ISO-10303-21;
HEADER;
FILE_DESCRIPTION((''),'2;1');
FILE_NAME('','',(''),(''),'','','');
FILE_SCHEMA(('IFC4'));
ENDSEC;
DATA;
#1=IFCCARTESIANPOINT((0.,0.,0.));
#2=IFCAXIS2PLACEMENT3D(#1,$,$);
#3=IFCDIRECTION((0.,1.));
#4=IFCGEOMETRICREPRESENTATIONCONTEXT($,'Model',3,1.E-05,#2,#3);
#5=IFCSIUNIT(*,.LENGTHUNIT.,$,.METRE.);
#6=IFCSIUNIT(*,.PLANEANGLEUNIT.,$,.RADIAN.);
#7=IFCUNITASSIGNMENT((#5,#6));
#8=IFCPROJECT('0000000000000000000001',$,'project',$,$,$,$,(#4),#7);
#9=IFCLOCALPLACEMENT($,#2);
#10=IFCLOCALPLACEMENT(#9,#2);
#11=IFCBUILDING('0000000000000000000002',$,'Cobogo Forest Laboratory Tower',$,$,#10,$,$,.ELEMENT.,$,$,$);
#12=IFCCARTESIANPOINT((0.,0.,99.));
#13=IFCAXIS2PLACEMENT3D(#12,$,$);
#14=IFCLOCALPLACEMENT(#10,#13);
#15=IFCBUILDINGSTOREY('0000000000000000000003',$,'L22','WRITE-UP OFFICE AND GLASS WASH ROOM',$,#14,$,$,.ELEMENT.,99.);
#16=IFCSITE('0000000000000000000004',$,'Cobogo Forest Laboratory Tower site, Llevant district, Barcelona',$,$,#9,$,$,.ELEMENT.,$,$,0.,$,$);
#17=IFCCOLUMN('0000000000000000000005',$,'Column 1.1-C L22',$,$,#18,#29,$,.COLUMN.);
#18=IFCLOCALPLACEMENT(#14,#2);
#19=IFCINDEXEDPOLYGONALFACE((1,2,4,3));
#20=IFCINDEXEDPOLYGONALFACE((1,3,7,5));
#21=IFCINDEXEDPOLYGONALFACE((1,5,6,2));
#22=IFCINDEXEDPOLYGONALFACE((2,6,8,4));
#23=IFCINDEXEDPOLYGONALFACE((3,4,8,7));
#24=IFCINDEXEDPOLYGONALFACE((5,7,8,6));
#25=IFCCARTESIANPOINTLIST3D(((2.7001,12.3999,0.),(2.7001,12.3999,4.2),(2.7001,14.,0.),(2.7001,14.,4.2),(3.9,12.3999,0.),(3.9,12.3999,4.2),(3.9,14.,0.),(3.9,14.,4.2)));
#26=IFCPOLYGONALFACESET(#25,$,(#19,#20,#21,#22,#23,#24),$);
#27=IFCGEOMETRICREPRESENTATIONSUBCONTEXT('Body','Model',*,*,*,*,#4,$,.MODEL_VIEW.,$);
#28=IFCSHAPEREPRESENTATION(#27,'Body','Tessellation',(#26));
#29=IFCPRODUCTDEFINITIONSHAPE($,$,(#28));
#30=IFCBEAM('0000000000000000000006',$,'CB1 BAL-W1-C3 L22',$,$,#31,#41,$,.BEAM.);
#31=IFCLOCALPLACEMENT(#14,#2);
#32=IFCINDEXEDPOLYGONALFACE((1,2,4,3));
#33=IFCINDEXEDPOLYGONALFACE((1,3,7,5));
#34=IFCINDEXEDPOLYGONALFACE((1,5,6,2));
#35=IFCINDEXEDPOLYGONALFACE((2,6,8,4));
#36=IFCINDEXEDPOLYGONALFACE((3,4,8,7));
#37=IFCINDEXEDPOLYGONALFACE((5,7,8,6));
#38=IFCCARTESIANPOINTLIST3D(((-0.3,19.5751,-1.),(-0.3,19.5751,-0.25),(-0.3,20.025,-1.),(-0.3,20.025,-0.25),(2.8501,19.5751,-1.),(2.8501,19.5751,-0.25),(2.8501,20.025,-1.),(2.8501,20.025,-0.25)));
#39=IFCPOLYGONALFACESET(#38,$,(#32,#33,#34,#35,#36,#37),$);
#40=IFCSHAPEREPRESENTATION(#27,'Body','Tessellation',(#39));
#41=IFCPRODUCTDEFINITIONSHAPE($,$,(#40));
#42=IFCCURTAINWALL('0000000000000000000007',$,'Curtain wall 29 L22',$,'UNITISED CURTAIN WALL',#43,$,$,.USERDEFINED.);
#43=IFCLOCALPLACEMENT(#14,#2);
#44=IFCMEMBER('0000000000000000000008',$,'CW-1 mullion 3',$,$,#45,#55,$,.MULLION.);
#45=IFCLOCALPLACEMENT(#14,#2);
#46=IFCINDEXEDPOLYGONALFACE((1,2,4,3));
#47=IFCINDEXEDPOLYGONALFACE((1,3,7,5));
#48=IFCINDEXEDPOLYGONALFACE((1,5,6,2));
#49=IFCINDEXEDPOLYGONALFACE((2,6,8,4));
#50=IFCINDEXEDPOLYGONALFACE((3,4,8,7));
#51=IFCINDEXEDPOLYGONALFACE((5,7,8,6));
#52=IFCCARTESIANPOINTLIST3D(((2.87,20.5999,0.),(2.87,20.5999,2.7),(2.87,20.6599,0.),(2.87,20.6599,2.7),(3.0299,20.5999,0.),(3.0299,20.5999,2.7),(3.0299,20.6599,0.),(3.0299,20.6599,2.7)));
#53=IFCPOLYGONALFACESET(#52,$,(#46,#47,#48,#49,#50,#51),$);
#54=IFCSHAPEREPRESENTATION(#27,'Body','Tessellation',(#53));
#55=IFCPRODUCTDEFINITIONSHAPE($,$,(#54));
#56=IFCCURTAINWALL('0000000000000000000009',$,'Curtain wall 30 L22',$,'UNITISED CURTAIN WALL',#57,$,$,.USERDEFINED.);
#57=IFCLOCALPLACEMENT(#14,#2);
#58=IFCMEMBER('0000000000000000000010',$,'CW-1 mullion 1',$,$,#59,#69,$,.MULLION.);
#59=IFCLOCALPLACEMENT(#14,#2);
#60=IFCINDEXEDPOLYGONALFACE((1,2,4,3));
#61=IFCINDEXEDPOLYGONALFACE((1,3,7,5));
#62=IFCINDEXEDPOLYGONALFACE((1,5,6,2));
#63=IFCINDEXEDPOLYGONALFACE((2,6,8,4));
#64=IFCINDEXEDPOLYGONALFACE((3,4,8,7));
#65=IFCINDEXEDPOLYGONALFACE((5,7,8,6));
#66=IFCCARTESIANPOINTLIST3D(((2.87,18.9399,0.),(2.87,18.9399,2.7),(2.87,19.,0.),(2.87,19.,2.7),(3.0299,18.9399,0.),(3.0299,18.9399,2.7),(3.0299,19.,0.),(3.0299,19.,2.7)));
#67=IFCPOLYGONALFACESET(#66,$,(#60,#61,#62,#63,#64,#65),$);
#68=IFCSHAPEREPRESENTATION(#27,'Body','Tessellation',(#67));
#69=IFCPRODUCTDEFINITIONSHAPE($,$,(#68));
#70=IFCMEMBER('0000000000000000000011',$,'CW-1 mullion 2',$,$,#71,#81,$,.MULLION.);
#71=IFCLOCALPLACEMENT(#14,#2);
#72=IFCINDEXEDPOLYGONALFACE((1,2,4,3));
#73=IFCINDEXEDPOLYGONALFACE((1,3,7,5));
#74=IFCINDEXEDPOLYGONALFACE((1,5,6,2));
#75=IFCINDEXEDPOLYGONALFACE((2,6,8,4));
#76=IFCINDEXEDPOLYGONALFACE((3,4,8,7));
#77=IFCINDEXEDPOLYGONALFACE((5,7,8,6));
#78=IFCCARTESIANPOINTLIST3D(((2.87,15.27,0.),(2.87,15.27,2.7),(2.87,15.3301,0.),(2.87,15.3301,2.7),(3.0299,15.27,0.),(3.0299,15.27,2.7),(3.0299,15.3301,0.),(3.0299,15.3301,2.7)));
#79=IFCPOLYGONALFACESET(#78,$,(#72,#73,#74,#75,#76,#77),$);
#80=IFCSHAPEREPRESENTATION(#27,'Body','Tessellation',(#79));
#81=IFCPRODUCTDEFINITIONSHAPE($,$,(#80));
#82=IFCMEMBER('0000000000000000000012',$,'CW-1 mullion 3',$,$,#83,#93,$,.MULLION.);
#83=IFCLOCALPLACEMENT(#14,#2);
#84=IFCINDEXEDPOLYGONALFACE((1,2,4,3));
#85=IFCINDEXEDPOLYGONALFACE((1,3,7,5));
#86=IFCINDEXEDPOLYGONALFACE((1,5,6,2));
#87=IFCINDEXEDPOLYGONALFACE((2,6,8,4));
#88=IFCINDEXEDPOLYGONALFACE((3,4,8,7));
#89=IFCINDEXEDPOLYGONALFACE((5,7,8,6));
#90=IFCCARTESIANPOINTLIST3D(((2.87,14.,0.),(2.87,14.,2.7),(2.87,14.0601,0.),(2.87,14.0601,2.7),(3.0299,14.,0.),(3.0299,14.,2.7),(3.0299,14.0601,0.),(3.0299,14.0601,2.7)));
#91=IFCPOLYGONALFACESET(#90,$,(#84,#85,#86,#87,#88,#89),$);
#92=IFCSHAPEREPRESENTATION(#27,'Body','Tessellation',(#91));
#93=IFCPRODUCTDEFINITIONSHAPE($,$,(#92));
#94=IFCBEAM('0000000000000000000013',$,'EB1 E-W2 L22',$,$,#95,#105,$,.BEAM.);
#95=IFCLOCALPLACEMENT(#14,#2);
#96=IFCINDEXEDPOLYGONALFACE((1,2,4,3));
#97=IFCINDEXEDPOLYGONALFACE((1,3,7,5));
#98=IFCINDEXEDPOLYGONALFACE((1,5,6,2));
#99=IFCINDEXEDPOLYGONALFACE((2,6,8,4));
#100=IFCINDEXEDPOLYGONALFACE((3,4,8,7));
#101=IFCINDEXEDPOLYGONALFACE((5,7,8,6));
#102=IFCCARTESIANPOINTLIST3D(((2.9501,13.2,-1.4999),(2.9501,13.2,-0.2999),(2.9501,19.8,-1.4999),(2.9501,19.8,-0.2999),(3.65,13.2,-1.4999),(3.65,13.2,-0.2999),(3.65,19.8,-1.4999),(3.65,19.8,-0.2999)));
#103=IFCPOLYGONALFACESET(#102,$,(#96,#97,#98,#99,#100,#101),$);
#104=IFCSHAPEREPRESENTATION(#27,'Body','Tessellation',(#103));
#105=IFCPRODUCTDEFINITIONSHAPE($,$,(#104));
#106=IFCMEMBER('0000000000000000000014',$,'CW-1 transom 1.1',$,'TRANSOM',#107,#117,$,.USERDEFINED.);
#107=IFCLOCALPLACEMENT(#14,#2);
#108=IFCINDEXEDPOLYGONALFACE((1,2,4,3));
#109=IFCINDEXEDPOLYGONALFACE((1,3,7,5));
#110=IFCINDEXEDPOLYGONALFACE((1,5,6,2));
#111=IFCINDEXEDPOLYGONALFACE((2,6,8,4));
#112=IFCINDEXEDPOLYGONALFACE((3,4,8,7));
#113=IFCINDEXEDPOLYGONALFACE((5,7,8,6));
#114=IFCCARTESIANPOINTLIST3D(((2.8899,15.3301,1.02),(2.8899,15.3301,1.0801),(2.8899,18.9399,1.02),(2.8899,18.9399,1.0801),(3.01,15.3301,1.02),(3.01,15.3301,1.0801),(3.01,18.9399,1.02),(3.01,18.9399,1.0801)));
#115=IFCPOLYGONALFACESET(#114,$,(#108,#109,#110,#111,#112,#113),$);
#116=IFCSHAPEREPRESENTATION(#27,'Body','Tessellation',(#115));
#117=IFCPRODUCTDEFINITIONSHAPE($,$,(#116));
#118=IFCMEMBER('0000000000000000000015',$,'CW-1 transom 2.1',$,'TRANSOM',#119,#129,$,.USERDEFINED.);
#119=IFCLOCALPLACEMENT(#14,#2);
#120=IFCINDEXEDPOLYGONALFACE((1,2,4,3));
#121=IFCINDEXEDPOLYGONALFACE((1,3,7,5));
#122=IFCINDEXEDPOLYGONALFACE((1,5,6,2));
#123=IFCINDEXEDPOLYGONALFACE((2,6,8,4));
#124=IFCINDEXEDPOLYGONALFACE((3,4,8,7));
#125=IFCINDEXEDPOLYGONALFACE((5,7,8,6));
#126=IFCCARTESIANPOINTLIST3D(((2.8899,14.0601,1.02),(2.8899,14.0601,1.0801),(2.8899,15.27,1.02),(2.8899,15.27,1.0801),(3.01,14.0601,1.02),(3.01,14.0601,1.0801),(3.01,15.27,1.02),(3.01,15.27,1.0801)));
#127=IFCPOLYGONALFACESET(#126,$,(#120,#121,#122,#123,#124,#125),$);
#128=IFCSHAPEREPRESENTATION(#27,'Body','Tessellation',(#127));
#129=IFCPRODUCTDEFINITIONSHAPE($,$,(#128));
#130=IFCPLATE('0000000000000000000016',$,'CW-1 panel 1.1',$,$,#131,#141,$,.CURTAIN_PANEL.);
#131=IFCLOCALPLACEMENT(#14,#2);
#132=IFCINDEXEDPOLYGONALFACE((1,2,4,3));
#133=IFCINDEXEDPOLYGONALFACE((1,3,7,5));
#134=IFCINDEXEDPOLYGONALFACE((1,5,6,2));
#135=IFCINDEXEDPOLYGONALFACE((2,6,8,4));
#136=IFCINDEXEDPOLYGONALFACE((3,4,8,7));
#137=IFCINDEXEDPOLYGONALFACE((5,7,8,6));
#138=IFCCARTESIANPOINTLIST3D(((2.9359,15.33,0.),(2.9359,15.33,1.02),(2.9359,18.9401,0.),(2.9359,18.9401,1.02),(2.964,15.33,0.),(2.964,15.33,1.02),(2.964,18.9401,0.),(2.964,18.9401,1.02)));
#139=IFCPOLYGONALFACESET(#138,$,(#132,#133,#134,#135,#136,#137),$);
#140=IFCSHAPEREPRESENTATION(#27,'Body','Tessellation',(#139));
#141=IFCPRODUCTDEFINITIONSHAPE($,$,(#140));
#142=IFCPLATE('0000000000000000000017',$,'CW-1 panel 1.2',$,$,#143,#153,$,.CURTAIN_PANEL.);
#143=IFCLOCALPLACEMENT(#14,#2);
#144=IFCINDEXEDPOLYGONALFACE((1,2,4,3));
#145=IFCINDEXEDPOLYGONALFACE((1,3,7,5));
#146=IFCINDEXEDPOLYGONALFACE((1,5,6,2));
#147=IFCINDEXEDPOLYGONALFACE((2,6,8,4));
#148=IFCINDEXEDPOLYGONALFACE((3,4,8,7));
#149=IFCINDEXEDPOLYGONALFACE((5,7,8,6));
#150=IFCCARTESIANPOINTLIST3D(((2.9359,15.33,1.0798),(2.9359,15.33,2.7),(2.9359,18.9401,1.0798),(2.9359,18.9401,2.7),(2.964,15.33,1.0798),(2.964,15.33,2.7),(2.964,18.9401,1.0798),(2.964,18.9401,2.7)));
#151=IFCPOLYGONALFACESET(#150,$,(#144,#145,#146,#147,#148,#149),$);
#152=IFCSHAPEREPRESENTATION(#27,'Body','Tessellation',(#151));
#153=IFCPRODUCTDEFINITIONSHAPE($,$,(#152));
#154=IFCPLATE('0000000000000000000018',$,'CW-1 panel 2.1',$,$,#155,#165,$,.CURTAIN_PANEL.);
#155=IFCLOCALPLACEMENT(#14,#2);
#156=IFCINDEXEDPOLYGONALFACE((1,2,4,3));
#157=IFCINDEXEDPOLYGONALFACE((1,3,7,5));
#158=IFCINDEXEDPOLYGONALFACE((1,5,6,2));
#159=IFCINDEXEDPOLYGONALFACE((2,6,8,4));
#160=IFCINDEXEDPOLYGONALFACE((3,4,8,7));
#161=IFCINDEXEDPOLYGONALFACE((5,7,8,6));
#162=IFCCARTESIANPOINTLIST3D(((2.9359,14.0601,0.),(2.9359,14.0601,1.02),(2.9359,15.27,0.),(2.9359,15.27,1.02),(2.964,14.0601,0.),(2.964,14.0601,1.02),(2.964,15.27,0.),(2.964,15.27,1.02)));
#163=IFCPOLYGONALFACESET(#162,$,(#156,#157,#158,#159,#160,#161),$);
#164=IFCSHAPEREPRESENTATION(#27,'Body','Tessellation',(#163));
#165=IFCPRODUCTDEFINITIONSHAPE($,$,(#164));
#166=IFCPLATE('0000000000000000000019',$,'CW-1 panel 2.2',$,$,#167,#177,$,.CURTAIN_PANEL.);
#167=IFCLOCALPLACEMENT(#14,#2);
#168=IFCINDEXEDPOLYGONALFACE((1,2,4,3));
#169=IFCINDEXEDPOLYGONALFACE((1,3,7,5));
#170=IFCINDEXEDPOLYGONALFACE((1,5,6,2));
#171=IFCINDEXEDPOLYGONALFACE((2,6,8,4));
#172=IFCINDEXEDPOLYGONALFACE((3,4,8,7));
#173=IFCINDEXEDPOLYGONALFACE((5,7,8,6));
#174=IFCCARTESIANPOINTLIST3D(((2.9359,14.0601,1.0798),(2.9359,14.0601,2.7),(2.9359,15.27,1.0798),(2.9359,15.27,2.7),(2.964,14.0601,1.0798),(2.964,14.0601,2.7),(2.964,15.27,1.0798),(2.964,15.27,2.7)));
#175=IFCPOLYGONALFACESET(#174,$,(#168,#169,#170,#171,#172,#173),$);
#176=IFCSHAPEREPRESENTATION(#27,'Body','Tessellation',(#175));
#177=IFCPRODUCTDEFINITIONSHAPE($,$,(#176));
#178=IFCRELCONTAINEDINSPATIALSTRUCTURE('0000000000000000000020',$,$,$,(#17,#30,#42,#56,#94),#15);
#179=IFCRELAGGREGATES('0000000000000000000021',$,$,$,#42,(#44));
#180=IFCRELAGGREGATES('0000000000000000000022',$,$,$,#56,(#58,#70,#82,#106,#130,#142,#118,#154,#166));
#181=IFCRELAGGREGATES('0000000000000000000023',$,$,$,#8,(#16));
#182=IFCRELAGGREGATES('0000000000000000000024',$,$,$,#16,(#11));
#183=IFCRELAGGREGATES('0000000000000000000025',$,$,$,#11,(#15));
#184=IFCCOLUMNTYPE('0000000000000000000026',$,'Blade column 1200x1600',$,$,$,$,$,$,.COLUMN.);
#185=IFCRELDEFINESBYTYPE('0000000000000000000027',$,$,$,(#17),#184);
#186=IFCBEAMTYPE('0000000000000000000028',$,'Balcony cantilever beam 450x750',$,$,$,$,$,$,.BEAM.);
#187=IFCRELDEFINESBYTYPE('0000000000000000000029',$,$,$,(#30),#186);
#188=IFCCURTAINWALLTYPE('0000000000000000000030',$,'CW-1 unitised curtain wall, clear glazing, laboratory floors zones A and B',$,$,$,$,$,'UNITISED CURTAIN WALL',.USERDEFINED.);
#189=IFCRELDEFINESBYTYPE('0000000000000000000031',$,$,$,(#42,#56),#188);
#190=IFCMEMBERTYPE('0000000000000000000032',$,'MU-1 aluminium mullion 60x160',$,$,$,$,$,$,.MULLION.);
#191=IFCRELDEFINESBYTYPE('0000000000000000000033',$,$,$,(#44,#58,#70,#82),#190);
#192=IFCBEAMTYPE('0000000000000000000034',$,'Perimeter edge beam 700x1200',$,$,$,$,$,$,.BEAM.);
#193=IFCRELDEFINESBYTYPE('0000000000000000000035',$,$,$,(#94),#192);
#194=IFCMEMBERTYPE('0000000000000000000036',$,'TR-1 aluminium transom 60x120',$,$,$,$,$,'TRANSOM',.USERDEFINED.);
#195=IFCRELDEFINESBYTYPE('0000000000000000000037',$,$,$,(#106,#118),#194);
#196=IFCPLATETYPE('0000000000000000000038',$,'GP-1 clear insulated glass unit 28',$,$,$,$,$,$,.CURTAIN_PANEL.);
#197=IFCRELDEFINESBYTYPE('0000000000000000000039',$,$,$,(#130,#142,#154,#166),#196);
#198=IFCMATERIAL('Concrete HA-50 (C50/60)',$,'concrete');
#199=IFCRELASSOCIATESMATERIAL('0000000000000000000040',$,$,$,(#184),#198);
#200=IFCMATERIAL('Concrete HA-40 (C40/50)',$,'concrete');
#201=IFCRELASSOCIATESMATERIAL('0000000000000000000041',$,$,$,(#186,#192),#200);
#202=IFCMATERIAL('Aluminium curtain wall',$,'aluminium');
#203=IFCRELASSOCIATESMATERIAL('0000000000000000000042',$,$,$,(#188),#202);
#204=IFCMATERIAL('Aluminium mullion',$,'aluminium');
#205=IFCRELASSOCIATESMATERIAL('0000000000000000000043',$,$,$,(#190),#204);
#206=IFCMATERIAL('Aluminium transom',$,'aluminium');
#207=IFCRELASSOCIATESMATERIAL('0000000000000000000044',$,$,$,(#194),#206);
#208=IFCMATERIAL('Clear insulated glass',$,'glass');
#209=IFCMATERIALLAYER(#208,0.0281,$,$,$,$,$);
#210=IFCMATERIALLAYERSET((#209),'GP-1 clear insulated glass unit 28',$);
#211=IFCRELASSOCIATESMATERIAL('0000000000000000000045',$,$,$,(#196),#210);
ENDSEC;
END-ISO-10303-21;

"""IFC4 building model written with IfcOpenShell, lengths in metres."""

from ifc_helpers import new_model, si_unit, direction, frame, origin, origin_2d, place, context, subcontext, project, spatial, rectangle, extrude, material, layer, layer_set, material_profile, profile_set, type_object, element, aggregate, save


model = new_model("IFC4")

# Units and contexts
model_context = context("Model", 3, precision=1e-05, world=origin(), true_north=direction((0.0, 1.0)))
body_context = subcontext(model_context, "Body", "Model", "MODEL_VIEW")
ifc_project = project(units=[si_unit("LENGTHUNIT", "METRE"), si_unit("PLANEANGLEUNIT", "RADIAN")], contexts=[model_context])

# Site, building, storey
site_placement = place(None, origin())
site = spatial("IfcSite", under=ifc_project, at=site_placement, Name="Cobogo Forest Laboratory Tower site, Llevant district, Barcelona", CompositionType="ELEMENT", RefElevation=0.0)
building_placement = place(site_placement, origin())
building = spatial("IfcBuilding", under=site, at=building_placement, Name="Cobogo Forest Laboratory Tower", CompositionType="ELEMENT")
storey_placement = place(building_placement, frame((0.0, 0.0, 99.0)))
storey = spatial("IfcBuildingStorey", under=building, at=storey_placement, Name="L22", Description="WRITE-UP OFFICE AND GLASS WASH ROOM", CompositionType="ELEMENT", Elevation=99.0)

# Column
ifc_material_1 = material(Name="Concrete HA-50 (C50/60)", Category="concrete")
ifc_material_profile_1 = material_profile(ifc_material_1, rectangle(XDim=1.6001, YDim=1.2, at=origin_2d()), Name="RC 1200x1600")
ifc_profile_set_1 = profile_set([ifc_material_profile_1], Name="Concrete HA-50 (C50/60)")
column_type = type_object("IfcColumnType", Name="Blade column 1200x1600", PredefinedType="COLUMN", material=ifc_profile_set_1)
column_placement = place(storey_placement, frame((3.3, 13.2, 0.0), z_axis=(0.0, 0.0, 1.0), x_axis=(0.0, 1.0, 0.0)))
element("IfcColumn", 1, at=column_placement, inside=storey, type_object=column_type, Name="Column 1.1-C L22", PredefinedType="COLUMN", context=body_context, shape_type="SweptSolid", body=[
    extrude(rectangle(XDim=1.6001, YDim=1.2, at=origin_2d()), origin(), (0.0, 0.0, 1.0), 4.2),
])

# Beam
ifc_material_2 = material(Name="Concrete HA-40 (C40/50)", Category="concrete")
ifc_material_profile_2 = material_profile(ifc_material_2, rectangle(XDim=0.45, YDim=0.75, at=origin_2d()), Name="RC 450x750")
ifc_profile_set_2 = profile_set([ifc_material_profile_2], Name="Concrete HA-40 (C40/50)")
beam_type_1 = type_object("IfcBeamType", Name="Balcony cantilever beam 450x750", PredefinedType="BEAM", material=ifc_profile_set_2)
beam_1_placement = place(storey_placement, frame((2.8501, 19.8, -0.625), z_axis=(-1.0, 0.0, 0.0), x_axis=(0.0, -1.0, 0.0)))
element("IfcBeam", 2, at=beam_1_placement, inside=storey, type_object=beam_type_1, Name="CB1 BAL-W1-C3 L22", PredefinedType="BEAM", context=body_context, shape_type="SweptSolid", body=[
    extrude(rectangle(XDim=0.45, YDim=0.75, at=origin_2d()), origin(), (0.0, 0.0, 1.0), 3.1501),
])

# Curtain wall, member
ifc_material_3 = material(Name="Aluminium curtain wall", Category="aluminium")
curtain_wall_type = type_object("IfcCurtainWallType", Name="CW-1 unitised curtain wall, clear glazing, laboratory floors zones A and B", ElementType="UNITISED CURTAIN WALL", PredefinedType="USERDEFINED", material=ifc_material_3)
curtain_wall_1_placement = place(storey_placement, origin())
curtain_wall_1 = element("IfcCurtainWall", 3, at=curtain_wall_1_placement, inside=storey, type_object=curtain_wall_type, Name="Curtain wall 29 L22", ObjectType="UNITISED CURTAIN WALL", PredefinedType="USERDEFINED")
ifc_material_4 = material(Name="Aluminium mullion", Category="aluminium")
ifc_material_profile_3 = material_profile(ifc_material_4, rectangle(XDim=0.0601, YDim=0.1599, at=origin_2d()), Name="AL 60x160")
ifc_profile_set_3 = profile_set([ifc_material_profile_3], Name="Aluminium mullion")
member_type_1 = type_object("IfcMemberType", Name="MU-1 aluminium mullion 60x160", PredefinedType="MULLION", material=ifc_profile_set_3)
member_1_placement = place(storey_placement, frame((2.95, 20.6299, 0.0), z_axis=(0.0, 0.0, 1.0), x_axis=(0.0, -1.0, 0.0)))
member_1 = element("IfcMember", 4, at=member_1_placement, type_object=member_type_1, Name="CW-1 mullion 3", PredefinedType="MULLION", context=body_context, shape_type="SweptSolid", body=[
    extrude(rectangle(XDim=0.0601, YDim=0.1599, at=origin_2d()), origin(), (0.0, 0.0, 1.0), 2.7),
])
aggregate(curtain_wall_1, [member_1])

# Curtain wall, members
curtain_wall_2_placement = place(storey_placement, origin())
curtain_wall_2 = element("IfcCurtainWall", 5, at=curtain_wall_2_placement, inside=storey, type_object=curtain_wall_type, Name="Curtain wall 30 L22", ObjectType="UNITISED CURTAIN WALL", PredefinedType="USERDEFINED")
member_2_placement = place(storey_placement, frame((2.95, 18.97, 0.0), z_axis=(0.0, 0.0, 1.0), x_axis=(0.0, -1.0, 0.0)))
member_2 = element("IfcMember", 6, at=member_2_placement, type_object=member_type_1, Name="CW-1 mullion 1", PredefinedType="MULLION", context=body_context, shape_type="SweptSolid", body=[
    extrude(rectangle(XDim=0.0601, YDim=0.1599, at=origin_2d()), origin(), (0.0, 0.0, 1.0), 2.7),
])
member_3_placement = place(storey_placement, frame((2.95, 15.3, 0.0), z_axis=(0.0, 0.0, 1.0), x_axis=(0.0, -1.0, 0.0)))
member_3 = element("IfcMember", 7, at=member_3_placement, type_object=member_type_1, Name="CW-1 mullion 2", PredefinedType="MULLION", context=body_context, shape_type="SweptSolid", body=[
    extrude(rectangle(XDim=0.0601, YDim=0.1599, at=origin_2d()), origin(), (0.0, 0.0, 1.0), 2.7),
])
member_4_placement = place(storey_placement, frame((2.95, 14.03, 0.0), z_axis=(0.0, 0.0, 1.0), x_axis=(0.0, -1.0, 0.0)))
member_4 = element("IfcMember", 8, at=member_4_placement, type_object=member_type_1, Name="CW-1 mullion 3", PredefinedType="MULLION", context=body_context, shape_type="SweptSolid", body=[
    extrude(rectangle(XDim=0.0601, YDim=0.1599, at=origin_2d()), origin(), (0.0, 0.0, 1.0), 2.7),
])

# Beam
ifc_material_profile_4 = material_profile(ifc_material_2, rectangle(XDim=0.7, YDim=1.2, at=origin_2d()), Name="RC 700x1200")
ifc_profile_set_4 = profile_set([ifc_material_profile_4], Name="Concrete HA-40 (C40/50)")
beam_type_2 = type_object("IfcBeamType", Name="Perimeter edge beam 700x1200", PredefinedType="BEAM", material=ifc_profile_set_4)
beam_2_placement = place(storey_placement, frame((3.3, 13.2, -0.8999), z_axis=(0.0, 1.0, 0.0), x_axis=(-1.0, 0.0, 0.0)))
element("IfcBeam", 9, at=beam_2_placement, inside=storey, type_object=beam_type_2, Name="EB1 E-W2 L22", PredefinedType="BEAM", context=body_context, shape_type="SweptSolid", body=[
    extrude(rectangle(XDim=0.7, YDim=1.2, at=origin_2d()), origin(), (0.0, 0.0, 1.0), 6.6001),
])

# Members
ifc_material_5 = material(Name="Aluminium transom", Category="aluminium")
ifc_material_profile_5 = material_profile(ifc_material_5, rectangle(XDim=0.1201, YDim=0.0601, at=origin_2d()), Name="AL 60x120")
ifc_profile_set_5 = profile_set([ifc_material_profile_5], Name="Aluminium transom")
member_type_2 = type_object("IfcMemberType", Name="TR-1 aluminium transom 60x120", ElementType="TRANSOM", PredefinedType="USERDEFINED", material=ifc_profile_set_5)
member_5_placement = place(storey_placement, frame((2.95, 18.9399, 1.05), z_axis=(0.0, -1.0, 0.0), x_axis=(1.0, 0.0, 0.0)))
member_5 = element("IfcMember", 10, at=member_5_placement, type_object=member_type_2, Name="CW-1 transom 1.1", ObjectType="TRANSOM", PredefinedType="USERDEFINED", context=body_context, shape_type="SweptSolid", body=[
    extrude(rectangle(XDim=0.1201, YDim=0.0601, at=origin_2d()), origin(), (0.0, 0.0, 1.0), 3.6099),
])
member_6_placement = place(storey_placement, frame((2.95, 15.27, 1.05), z_axis=(0.0, -1.0, 0.0), x_axis=(1.0, 0.0, 0.0)))
member_6 = element("IfcMember", 11, at=member_6_placement, type_object=member_type_2, Name="CW-1 transom 2.1", ObjectType="TRANSOM", PredefinedType="USERDEFINED", context=body_context, shape_type="SweptSolid", body=[
    extrude(rectangle(XDim=0.1201, YDim=0.0601, at=origin_2d()), origin(), (0.0, 0.0, 1.0), 1.21),
])

# Plates
ifc_material_6 = material(Name="Clear insulated glass", Category="glass")
ifc_layer_1 = layer(ifc_material_6, 0.0281)
ifc_layer_set_1 = layer_set([ifc_layer_1], Name="GP-1 clear insulated glass unit 28")
plate_type_1 = type_object("IfcPlateType", Name="GP-1 clear insulated glass unit 28", PredefinedType="CURTAIN_PANEL", material=ifc_layer_set_1)
plate_1_placement = place(storey_placement, frame((2.95, 17.135, 0.0), z_axis=(0.0, 0.0, 1.0), x_axis=(0.0, -1.0, 0.0)))
plate_1 = element("IfcPlate", 12, at=plate_1_placement, type_object=plate_type_1, Name="CW-1 panel 1.1", PredefinedType="CURTAIN_PANEL", context=body_context, shape_type="SweptSolid", body=[
    extrude(rectangle(XDim=3.6101, YDim=0.0281, at=origin_2d()), origin(), (0.0, 0.0, 1.0), 1.02),
])
plate_2_placement = place(storey_placement, frame((2.95, 17.135, 1.0798), z_axis=(0.0, 0.0, 1.0), x_axis=(0.0, -1.0, 0.0)))
plate_2 = element("IfcPlate", 13, at=plate_2_placement, type_object=plate_type_1, Name="CW-1 panel 1.2", PredefinedType="CURTAIN_PANEL", context=body_context, shape_type="SweptSolid", body=[
    extrude(rectangle(XDim=3.6101, YDim=0.0281, at=origin_2d()), origin(), (0.0, 0.0, 1.0), 1.6201),
])
plate_3_placement = place(storey_placement, frame((2.95, 14.665, 0.0), z_axis=(0.0, 0.0, 1.0), x_axis=(0.0, -1.0, 0.0)))
plate_3 = element("IfcPlate", 14, at=plate_3_placement, type_object=plate_type_1, Name="CW-1 panel 2.1", PredefinedType="CURTAIN_PANEL", context=body_context, shape_type="SweptSolid", body=[
    extrude(rectangle(XDim=1.21, YDim=0.0281, at=origin_2d()), origin(), (0.0, 0.0, 1.0), 1.02),
])
plate_4_placement = place(storey_placement, frame((2.95, 14.665, 1.0798), z_axis=(0.0, 0.0, 1.0), x_axis=(0.0, -1.0, 0.0)))
plate_4 = element("IfcPlate", 15, at=plate_4_placement, type_object=plate_type_1, Name="CW-1 panel 2.2", PredefinedType="CURTAIN_PANEL", context=body_context, shape_type="SweptSolid", body=[
    extrude(rectangle(XDim=1.21, YDim=0.0281, at=origin_2d()), origin(), (0.0, 0.0, 1.0), 1.6201),
])
aggregate(curtain_wall_2, [member_2, member_3, member_4, member_5, plate_1, plate_2, member_6, plate_3, plate_4])

save(model, "model.ifc")
